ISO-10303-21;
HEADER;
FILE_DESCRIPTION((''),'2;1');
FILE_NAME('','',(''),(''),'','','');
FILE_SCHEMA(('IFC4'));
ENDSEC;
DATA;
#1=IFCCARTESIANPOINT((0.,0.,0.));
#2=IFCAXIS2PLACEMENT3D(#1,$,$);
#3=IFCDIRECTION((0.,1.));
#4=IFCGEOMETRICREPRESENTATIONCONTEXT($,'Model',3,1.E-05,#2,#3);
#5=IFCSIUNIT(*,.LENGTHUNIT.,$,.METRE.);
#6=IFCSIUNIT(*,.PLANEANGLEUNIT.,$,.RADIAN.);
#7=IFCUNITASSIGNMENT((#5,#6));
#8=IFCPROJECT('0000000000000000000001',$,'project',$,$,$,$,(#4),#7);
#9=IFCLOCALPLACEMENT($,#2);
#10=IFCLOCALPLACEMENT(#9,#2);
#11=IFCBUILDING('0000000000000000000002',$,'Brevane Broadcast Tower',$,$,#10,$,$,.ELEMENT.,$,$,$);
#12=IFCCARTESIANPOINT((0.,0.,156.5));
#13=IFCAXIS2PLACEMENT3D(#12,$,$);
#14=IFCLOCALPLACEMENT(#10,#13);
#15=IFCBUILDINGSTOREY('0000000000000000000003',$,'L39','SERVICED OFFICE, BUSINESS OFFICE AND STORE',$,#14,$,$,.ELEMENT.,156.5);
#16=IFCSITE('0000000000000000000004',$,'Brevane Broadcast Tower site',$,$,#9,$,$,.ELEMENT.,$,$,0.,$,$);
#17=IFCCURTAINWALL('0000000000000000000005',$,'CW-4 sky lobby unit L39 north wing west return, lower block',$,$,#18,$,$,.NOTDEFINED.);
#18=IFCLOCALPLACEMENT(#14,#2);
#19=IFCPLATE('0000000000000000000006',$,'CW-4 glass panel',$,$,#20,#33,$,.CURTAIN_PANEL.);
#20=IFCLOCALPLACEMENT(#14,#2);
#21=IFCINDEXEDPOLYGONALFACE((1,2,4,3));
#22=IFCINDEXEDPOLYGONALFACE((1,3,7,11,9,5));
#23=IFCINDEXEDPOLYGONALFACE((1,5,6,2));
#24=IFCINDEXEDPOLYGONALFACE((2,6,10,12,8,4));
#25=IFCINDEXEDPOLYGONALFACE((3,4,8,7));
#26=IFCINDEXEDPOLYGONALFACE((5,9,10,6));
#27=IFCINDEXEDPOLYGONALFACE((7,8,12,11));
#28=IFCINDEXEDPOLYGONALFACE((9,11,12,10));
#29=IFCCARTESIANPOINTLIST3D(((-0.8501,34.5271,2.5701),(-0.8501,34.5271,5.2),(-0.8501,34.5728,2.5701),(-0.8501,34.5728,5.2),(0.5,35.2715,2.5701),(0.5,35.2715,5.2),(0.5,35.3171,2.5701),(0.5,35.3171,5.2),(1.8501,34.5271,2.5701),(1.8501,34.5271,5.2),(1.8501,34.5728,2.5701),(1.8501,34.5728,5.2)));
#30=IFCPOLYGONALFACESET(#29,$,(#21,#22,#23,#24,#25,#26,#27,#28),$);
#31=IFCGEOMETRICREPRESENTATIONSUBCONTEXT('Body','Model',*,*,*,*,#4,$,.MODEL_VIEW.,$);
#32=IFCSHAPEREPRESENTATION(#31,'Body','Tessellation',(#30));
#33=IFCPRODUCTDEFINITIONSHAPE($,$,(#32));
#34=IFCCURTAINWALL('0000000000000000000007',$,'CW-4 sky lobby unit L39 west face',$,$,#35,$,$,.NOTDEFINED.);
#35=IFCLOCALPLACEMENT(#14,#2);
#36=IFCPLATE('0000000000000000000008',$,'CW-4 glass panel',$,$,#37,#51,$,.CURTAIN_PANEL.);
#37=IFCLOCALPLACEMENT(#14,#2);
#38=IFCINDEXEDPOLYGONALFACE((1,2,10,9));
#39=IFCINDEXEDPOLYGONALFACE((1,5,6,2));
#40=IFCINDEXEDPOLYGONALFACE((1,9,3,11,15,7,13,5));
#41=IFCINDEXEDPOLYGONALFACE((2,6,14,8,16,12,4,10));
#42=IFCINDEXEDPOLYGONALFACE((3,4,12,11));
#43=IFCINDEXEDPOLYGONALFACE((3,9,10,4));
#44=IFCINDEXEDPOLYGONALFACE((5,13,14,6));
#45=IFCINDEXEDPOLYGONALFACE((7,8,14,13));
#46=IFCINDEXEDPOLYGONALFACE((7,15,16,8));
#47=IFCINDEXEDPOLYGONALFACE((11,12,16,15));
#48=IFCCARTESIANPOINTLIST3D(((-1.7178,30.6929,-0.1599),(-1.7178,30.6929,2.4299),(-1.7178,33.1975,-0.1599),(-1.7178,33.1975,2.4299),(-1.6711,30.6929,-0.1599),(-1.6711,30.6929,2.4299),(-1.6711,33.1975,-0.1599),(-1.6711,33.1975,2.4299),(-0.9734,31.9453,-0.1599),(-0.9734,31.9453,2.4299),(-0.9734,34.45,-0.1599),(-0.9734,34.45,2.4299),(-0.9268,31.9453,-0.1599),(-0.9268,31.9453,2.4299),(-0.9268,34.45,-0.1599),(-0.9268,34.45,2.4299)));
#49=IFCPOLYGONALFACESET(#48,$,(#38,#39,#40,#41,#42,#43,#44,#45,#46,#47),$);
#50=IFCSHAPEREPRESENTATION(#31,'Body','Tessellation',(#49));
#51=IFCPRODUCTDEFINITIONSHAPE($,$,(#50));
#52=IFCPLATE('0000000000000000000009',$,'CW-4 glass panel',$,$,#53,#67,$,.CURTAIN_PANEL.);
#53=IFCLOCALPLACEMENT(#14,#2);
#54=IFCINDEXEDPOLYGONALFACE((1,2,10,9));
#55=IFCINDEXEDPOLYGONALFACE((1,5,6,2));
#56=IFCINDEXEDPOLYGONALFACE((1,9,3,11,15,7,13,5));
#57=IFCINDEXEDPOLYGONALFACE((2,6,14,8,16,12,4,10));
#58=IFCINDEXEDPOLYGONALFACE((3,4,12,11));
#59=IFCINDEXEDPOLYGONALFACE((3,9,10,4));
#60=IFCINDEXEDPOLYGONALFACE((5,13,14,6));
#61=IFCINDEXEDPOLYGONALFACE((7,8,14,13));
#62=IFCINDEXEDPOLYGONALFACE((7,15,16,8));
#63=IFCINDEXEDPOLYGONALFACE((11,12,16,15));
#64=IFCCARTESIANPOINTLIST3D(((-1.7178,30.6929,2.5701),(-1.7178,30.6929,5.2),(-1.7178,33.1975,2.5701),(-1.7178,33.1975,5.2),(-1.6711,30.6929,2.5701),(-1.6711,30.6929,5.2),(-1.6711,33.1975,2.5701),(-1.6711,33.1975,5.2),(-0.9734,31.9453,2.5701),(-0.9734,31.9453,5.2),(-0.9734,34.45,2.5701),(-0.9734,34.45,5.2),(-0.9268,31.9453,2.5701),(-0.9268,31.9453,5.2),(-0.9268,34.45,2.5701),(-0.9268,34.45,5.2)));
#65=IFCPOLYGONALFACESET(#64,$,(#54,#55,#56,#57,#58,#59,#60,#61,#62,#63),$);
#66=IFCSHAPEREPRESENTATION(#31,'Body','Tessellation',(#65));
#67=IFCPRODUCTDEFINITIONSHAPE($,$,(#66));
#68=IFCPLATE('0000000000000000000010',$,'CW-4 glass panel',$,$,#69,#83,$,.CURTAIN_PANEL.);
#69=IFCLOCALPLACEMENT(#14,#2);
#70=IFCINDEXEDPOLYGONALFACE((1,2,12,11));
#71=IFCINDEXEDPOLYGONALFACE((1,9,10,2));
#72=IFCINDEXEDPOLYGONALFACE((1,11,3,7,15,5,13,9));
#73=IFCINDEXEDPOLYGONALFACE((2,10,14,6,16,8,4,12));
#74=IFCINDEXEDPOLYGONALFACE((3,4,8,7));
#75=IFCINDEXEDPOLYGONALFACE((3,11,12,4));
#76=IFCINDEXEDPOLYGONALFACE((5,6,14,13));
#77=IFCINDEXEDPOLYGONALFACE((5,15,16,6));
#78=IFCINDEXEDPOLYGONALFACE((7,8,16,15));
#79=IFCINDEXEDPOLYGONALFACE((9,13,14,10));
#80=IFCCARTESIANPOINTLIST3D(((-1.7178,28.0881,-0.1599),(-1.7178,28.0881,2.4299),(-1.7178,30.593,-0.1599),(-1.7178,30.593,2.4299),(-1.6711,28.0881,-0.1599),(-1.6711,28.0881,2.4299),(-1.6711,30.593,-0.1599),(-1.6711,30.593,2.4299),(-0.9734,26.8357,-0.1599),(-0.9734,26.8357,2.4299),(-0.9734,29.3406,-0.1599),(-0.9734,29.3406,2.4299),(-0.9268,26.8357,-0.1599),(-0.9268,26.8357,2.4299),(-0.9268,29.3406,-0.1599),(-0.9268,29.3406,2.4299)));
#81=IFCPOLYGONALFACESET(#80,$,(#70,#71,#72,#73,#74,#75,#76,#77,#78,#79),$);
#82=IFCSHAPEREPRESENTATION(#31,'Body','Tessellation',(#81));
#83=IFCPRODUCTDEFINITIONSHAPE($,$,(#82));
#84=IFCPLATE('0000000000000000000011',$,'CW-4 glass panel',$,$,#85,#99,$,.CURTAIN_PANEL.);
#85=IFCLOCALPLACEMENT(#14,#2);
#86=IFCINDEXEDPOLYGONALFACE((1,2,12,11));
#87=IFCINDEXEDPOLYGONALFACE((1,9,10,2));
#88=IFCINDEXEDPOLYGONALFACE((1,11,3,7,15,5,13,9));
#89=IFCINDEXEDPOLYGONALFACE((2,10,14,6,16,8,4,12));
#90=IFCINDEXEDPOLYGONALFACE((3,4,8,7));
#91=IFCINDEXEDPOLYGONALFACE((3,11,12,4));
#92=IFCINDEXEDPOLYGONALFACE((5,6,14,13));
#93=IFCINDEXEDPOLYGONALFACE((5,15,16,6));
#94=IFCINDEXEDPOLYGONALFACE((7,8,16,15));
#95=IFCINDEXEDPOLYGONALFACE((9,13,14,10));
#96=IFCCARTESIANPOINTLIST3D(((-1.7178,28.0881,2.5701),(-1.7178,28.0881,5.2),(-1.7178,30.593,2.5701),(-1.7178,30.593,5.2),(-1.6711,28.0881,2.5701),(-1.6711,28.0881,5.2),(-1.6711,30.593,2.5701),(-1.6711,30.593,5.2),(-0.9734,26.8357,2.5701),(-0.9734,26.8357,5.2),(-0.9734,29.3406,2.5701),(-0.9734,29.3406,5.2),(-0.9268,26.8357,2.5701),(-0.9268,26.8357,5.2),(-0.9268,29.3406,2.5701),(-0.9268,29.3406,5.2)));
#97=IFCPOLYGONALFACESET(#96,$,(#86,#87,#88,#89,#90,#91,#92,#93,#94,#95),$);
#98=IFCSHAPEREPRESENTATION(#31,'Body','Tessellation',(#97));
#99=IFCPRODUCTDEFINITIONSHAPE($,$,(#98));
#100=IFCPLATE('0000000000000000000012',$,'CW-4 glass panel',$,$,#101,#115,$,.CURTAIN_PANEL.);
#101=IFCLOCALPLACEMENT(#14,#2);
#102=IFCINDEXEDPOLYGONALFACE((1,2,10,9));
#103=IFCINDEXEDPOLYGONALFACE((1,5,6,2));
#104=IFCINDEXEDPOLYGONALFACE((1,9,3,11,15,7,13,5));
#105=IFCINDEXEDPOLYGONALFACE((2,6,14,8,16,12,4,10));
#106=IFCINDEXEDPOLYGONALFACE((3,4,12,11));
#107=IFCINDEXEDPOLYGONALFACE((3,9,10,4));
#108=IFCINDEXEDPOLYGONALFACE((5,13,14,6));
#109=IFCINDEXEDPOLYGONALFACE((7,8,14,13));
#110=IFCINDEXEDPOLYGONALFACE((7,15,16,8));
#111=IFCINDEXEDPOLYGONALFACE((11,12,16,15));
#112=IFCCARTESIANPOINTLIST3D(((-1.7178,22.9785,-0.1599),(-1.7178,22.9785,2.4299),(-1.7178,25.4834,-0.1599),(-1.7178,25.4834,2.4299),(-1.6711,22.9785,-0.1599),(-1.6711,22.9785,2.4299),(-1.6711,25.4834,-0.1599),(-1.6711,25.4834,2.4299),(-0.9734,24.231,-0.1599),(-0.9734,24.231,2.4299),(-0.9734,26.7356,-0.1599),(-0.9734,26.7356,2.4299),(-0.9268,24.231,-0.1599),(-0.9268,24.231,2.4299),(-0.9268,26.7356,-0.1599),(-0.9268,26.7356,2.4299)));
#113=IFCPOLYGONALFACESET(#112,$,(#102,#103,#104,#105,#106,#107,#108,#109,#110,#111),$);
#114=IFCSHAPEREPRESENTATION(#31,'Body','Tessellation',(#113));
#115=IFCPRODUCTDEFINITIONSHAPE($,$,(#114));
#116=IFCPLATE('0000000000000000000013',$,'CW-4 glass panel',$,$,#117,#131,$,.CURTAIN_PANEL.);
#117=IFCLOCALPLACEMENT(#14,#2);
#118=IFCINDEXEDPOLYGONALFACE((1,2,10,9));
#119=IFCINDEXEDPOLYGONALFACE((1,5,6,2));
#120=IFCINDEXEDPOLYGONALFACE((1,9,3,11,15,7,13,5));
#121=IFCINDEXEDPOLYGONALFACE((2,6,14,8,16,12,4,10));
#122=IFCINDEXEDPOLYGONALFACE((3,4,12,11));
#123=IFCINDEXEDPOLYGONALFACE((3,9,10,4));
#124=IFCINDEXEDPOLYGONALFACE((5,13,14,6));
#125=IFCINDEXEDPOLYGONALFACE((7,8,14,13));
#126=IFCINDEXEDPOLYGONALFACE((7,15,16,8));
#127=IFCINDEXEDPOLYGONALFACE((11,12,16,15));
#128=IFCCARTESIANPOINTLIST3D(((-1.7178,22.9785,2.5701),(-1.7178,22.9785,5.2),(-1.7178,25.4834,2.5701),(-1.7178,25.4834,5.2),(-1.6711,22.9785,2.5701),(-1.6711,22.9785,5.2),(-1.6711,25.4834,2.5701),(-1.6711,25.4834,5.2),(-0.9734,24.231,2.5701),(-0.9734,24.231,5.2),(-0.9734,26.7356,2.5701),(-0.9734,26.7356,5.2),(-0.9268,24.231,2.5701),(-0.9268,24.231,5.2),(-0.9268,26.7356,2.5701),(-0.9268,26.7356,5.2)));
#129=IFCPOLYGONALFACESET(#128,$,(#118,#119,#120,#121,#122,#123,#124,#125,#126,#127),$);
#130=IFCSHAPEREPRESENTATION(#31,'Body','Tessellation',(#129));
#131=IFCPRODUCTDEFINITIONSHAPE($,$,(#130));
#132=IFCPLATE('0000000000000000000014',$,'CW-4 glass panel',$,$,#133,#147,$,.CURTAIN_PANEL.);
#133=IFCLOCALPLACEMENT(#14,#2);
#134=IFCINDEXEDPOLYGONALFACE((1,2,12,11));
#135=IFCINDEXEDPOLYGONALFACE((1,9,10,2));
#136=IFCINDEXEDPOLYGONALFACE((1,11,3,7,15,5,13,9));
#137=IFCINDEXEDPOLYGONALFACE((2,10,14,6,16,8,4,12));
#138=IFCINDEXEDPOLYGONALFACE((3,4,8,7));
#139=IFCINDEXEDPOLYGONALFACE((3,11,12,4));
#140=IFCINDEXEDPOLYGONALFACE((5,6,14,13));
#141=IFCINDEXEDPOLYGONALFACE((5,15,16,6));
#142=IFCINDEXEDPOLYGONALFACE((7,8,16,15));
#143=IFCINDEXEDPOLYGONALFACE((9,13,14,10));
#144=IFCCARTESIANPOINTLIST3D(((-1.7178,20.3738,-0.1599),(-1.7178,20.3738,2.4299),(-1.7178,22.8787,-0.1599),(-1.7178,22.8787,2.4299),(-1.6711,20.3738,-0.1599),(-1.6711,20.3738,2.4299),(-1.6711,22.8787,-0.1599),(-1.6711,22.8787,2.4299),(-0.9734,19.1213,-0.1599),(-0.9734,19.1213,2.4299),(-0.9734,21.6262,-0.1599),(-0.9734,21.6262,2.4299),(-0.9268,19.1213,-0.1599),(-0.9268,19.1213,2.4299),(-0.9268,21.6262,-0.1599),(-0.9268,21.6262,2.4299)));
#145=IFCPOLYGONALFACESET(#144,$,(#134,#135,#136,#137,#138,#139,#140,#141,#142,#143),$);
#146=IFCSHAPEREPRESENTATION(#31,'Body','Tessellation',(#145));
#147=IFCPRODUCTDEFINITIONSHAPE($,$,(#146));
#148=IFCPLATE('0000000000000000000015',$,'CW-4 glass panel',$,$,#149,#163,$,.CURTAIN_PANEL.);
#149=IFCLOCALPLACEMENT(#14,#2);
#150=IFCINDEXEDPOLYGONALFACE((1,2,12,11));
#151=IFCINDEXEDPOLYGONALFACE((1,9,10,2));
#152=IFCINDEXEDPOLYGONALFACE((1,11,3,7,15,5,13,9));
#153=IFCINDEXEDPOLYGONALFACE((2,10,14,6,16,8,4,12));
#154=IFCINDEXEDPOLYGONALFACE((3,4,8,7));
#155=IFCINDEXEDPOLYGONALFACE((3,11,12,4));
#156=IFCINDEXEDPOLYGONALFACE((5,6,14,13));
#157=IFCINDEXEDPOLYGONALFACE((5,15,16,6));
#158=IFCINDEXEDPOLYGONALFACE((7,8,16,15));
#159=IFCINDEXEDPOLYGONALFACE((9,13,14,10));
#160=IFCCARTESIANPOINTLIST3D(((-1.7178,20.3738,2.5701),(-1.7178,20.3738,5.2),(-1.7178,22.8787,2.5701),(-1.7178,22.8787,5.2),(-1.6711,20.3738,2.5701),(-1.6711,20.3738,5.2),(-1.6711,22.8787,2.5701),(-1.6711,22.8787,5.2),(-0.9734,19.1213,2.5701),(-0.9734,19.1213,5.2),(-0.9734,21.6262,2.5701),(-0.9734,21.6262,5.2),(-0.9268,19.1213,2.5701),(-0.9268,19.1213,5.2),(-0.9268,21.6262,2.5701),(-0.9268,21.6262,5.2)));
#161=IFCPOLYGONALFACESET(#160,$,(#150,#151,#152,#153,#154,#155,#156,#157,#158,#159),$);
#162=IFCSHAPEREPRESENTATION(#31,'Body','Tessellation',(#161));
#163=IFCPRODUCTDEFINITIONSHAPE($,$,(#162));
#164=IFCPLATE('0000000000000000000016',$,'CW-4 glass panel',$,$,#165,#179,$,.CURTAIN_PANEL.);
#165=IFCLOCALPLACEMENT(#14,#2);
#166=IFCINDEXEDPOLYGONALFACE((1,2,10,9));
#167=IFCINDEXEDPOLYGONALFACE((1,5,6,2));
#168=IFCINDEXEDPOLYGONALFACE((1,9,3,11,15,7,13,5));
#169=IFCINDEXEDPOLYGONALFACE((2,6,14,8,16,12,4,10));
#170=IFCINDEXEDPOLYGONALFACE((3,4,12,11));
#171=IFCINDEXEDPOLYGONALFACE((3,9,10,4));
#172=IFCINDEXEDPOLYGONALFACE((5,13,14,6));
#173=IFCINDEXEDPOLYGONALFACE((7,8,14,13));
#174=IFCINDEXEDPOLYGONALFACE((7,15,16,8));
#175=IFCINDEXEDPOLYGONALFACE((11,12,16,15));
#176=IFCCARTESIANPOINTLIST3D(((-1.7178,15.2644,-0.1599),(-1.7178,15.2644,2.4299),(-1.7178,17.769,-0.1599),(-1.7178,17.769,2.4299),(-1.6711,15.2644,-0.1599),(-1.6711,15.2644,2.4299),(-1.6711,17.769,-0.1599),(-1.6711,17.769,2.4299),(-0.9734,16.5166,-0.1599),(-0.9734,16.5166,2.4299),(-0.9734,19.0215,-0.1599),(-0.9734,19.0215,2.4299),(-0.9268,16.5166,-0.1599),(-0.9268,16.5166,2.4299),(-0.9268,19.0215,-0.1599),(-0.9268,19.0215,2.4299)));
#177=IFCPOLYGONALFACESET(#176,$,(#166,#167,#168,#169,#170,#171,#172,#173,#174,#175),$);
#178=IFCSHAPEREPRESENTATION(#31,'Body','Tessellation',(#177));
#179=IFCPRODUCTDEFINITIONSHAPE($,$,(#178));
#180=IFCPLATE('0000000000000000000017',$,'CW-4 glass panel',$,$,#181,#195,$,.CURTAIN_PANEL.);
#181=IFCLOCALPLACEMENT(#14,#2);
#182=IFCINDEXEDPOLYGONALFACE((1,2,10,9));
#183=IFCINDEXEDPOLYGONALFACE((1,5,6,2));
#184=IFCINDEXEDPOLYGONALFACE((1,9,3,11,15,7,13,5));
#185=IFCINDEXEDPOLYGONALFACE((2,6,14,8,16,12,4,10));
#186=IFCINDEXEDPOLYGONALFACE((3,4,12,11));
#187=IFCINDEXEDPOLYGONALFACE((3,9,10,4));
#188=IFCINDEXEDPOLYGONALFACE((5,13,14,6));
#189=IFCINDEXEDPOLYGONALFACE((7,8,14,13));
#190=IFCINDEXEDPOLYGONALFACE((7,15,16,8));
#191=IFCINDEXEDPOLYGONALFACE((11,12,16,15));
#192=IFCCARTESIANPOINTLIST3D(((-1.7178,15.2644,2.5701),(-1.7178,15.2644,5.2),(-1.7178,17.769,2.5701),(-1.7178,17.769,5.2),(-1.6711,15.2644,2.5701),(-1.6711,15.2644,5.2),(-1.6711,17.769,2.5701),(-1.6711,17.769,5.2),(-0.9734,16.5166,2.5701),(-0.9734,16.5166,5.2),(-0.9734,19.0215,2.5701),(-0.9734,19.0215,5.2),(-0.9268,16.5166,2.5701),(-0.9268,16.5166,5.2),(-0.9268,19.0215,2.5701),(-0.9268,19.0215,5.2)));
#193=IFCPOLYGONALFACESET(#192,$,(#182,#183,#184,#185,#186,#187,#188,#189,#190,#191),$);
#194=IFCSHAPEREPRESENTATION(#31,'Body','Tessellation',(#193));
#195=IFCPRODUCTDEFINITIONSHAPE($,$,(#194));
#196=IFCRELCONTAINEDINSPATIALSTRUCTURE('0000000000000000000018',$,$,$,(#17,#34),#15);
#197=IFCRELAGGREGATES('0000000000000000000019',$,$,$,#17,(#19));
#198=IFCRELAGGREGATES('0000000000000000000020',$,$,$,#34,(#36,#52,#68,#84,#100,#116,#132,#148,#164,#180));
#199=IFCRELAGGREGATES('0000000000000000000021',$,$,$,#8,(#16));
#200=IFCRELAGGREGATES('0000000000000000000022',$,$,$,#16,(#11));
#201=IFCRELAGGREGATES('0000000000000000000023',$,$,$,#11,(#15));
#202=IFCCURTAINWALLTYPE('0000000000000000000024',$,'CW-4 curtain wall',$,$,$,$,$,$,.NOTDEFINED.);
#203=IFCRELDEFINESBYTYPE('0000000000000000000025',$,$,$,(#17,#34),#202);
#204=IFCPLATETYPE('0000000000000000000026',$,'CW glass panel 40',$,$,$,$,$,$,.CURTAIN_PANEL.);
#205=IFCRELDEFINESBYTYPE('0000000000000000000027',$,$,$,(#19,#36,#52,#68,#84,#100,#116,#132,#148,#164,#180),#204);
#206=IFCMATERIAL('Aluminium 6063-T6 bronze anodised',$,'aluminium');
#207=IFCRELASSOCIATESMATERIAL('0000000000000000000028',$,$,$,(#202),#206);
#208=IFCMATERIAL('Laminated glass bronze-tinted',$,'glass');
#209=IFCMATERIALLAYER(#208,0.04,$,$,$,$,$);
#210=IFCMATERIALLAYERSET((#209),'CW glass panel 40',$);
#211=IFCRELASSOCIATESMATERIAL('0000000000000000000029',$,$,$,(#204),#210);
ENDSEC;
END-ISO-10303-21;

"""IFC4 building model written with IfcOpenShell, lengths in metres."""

from ifc_helpers import new_model, si_unit, direction, frame, origin, place, context, subcontext, project, spatial, polyline, outline, extrude, material, layer, layer_set, type_object, element, aggregate, save


model = new_model("IFC4")

# Units and contexts
model_context = context("Model", 3, precision=1e-05, world=origin(), true_north=direction((0.0, 1.0)))
body_context = subcontext(model_context, "Body", "Model", "MODEL_VIEW")
ifc_project = project(units=[si_unit("LENGTHUNIT", "METRE"), si_unit("PLANEANGLEUNIT", "RADIAN")], contexts=[model_context])

# Site, building, storey
site_placement = place(None, origin())
site = spatial("IfcSite", under=ifc_project, at=site_placement, Name="Brevane Broadcast Tower site", CompositionType="ELEMENT", RefElevation=0.0)
building_placement = place(site_placement, origin())
building = spatial("IfcBuilding", under=site, at=building_placement, Name="Brevane Broadcast Tower", CompositionType="ELEMENT")
storey_placement = place(building_placement, frame((0.0, 0.0, 156.5)))
storey = spatial("IfcBuildingStorey", under=building, at=storey_placement, Name="L39", Description="SERVICED OFFICE, BUSINESS OFFICE AND STORE", CompositionType="ELEMENT", Elevation=156.5)

# Curtain walls, plates
ifc_material_1 = material(Name="Aluminium 6063-T6 bronze anodised", Category="aluminium")
curtain_wall_type = type_object("IfcCurtainWallType", Name="CW-4 curtain wall", PredefinedType="NOTDEFINED", material=ifc_material_1)
ifc_material_2 = material(Name="Laminated glass bronze-tinted", Category="glass")
ifc_layer = layer(ifc_material_2, 0.04)
ifc_layer_set = layer_set([ifc_layer], Name="CW glass panel 40")
plate_type = type_object("IfcPlateType", Name="CW glass panel 40", PredefinedType="CURTAIN_PANEL", material=ifc_layer_set)
curtain_wall_1_placement = place(storey_placement, origin())
curtain_wall_1 = element("IfcCurtainWall", 1, at=curtain_wall_1_placement, inside=storey, type_object=curtain_wall_type, Name="CW-4 sky lobby unit L39 north wing west return, lower block", PredefinedType="NOTDEFINED")
plate_1_placement = place(storey_placement, frame((0.0, 0.0, 2.5701)))
plate_1 = element("IfcPlate", 2, at=plate_1_placement, type_object=plate_type, Name="CW-4 glass panel", PredefinedType="CURTAIN_PANEL", context=body_context, shape_type="SweptSolid", body=[
    extrude(outline(polyline([(1.8501, 34.5271), (1.8501, 34.5728), (0.5, 35.3171), (-0.8501, 34.5728), (-0.8501, 34.5271), (0.5, 35.2715), (1.8501, 34.5271)])), origin(), (0.0, 0.0, 1.0), 2.6299),
])
aggregate(curtain_wall_1, [plate_1])
curtain_wall_2_placement = place(storey_placement, origin())
curtain_wall_2 = element("IfcCurtainWall", 3, at=curtain_wall_2_placement, inside=storey, type_object=curtain_wall_type, Name="CW-4 sky lobby unit L39 west face", PredefinedType="NOTDEFINED")
plate_2_placement = place(storey_placement, frame((0.0, 0.0, -0.1599)))
plate_2 = element("IfcPlate", 4, at=plate_2_placement, type_object=plate_type, Name="CW-4 glass panel", PredefinedType="CURTAIN_PANEL", context=body_context, shape_type="SweptSolid", body=[
    extrude(outline(polyline([(-0.9268, 34.45), (-0.9734, 34.45), (-1.7178, 33.1975), (-0.9734, 31.9453), (-1.7178, 30.6929), (-1.6711, 30.6929), (-0.9268, 31.9453), (-1.6711, 33.1975), (-0.9268, 34.45)])), origin(), (0.0, 0.0, 1.0), 2.5898),
])
plate_3_placement = place(storey_placement, frame((0.0, 0.0, 2.5701)))
plate_3 = element("IfcPlate", 5, at=plate_3_placement, type_object=plate_type, Name="CW-4 glass panel", PredefinedType="CURTAIN_PANEL", context=body_context, shape_type="SweptSolid", body=[
    extrude(outline(polyline([(-0.9268, 34.45), (-0.9734, 34.45), (-1.7178, 33.1975), (-0.9734, 31.9453), (-1.7178, 30.6929), (-1.6711, 30.6929), (-0.9268, 31.9453), (-1.6711, 33.1975), (-0.9268, 34.45)])), origin(), (0.0, 0.0, 1.0), 2.6299),
])
plate_4_placement = place(storey_placement, frame((0.0, 0.0, -0.1599)))
plate_4 = element("IfcPlate", 6, at=plate_4_placement, type_object=plate_type, Name="CW-4 glass panel", PredefinedType="CURTAIN_PANEL", context=body_context, shape_type="SweptSolid", body=[
    extrude(outline(polyline([(-1.6711, 30.593), (-1.7178, 30.593), (-0.9734, 29.3406), (-1.7178, 28.0881), (-0.9734, 26.8357), (-0.9268, 26.8357), (-1.6711, 28.0881), (-0.9268, 29.3406), (-1.6711, 30.593)])), origin(), (0.0, 0.0, 1.0), 2.5898),
])
plate_5_placement = place(storey_placement, frame((0.0, 0.0, 2.5701)))
plate_5 = element("IfcPlate", 7, at=plate_5_placement, type_object=plate_type, Name="CW-4 glass panel", PredefinedType="CURTAIN_PANEL", context=body_context, shape_type="SweptSolid", body=[
    extrude(outline(polyline([(-1.6711, 30.593), (-1.7178, 30.593), (-0.9734, 29.3406), (-1.7178, 28.0881), (-0.9734, 26.8357), (-0.9268, 26.8357), (-1.6711, 28.0881), (-0.9268, 29.3406), (-1.6711, 30.593)])), origin(), (0.0, 0.0, 1.0), 2.6299),
])
plate_6_placement = place(storey_placement, frame((0.0, 0.0, -0.1599)))
plate_6 = element("IfcPlate", 8, at=plate_6_placement, type_object=plate_type, Name="CW-4 glass panel", PredefinedType="CURTAIN_PANEL", context=body_context, shape_type="SweptSolid", body=[
    extrude(outline(polyline([(-0.9268, 26.7356), (-0.9734, 26.7356), (-1.7178, 25.4834), (-0.9734, 24.231), (-1.7178, 22.9785), (-1.6711, 22.9785), (-0.9268, 24.231), (-1.6711, 25.4834), (-0.9268, 26.7356)])), origin(), (0.0, 0.0, 1.0), 2.5898),
])
plate_7_placement = place(storey_placement, frame((0.0, 0.0, 2.5701)))
plate_7 = element("IfcPlate", 9, at=plate_7_placement, type_object=plate_type, Name="CW-4 glass panel", PredefinedType="CURTAIN_PANEL", context=body_context, shape_type="SweptSolid", body=[
    extrude(outline(polyline([(-0.9268, 26.7356), (-0.9734, 26.7356), (-1.7178, 25.4834), (-0.9734, 24.231), (-1.7178, 22.9785), (-1.6711, 22.9785), (-0.9268, 24.231), (-1.6711, 25.4834), (-0.9268, 26.7356)])), origin(), (0.0, 0.0, 1.0), 2.6299),
])
plate_8_placement = place(storey_placement, frame((0.0, 0.0, -0.1599)))
plate_8 = element("IfcPlate", 10, at=plate_8_placement, type_object=plate_type, Name="CW-4 glass panel", PredefinedType="CURTAIN_PANEL", context=body_context, shape_type="SweptSolid", body=[
    extrude(outline(polyline([(-1.6711, 22.8787), (-1.7178, 22.8787), (-0.9734, 21.6262), (-1.7178, 20.3738), (-0.9734, 19.1213), (-0.9268, 19.1213), (-1.6711, 20.3738), (-0.9268, 21.6262), (-1.6711, 22.8787)])), origin(), (0.0, 0.0, 1.0), 2.5898),
])
plate_9_placement = place(storey_placement, frame((0.0, 0.0, 2.5701)))
plate_9 = element("IfcPlate", 11, at=plate_9_placement, type_object=plate_type, Name="CW-4 glass panel", PredefinedType="CURTAIN_PANEL", context=body_context, shape_type="SweptSolid", body=[
    extrude(outline(polyline([(-1.6711, 22.8787), (-1.7178, 22.8787), (-0.9734, 21.6262), (-1.7178, 20.3738), (-0.9734, 19.1213), (-0.9268, 19.1213), (-1.6711, 20.3738), (-0.9268, 21.6262), (-1.6711, 22.8787)])), origin(), (0.0, 0.0, 1.0), 2.6299),
])
plate_10_placement = place(storey_placement, frame((0.0, 0.0, -0.1599)))
plate_10 = element("IfcPlate", 12, at=plate_10_placement, type_object=plate_type, Name="CW-4 glass panel", PredefinedType="CURTAIN_PANEL", context=body_context, shape_type="SweptSolid", body=[
    extrude(outline(polyline([(-0.9268, 19.0215), (-0.9734, 19.0215), (-1.7178, 17.769), (-0.9734, 16.5166), (-1.7178, 15.2644), (-1.6711, 15.2644), (-0.9268, 16.5166), (-1.6711, 17.769), (-0.9268, 19.0215)])), origin(), (0.0, 0.0, 1.0), 2.5898),
])
plate_11_placement = place(storey_placement, frame((0.0, 0.0, 2.5701)))
plate_11 = element("IfcPlate", 13, at=plate_11_placement, type_object=plate_type, Name="CW-4 glass panel", PredefinedType="CURTAIN_PANEL", context=body_context, shape_type="SweptSolid", body=[
    extrude(outline(polyline([(-0.9268, 19.0215), (-0.9734, 19.0215), (-1.7178, 17.769), (-0.9734, 16.5166), (-1.7178, 15.2644), (-1.6711, 15.2644), (-0.9268, 16.5166), (-1.6711, 17.769), (-0.9268, 19.0215)])), origin(), (0.0, 0.0, 1.0), 2.6299),
])
aggregate(curtain_wall_2, [plate_2, plate_3, plate_4, plate_5, plate_6, plate_7, plate_8, plate_9, plate_10, plate_11])

save(model, "model.ifc")
